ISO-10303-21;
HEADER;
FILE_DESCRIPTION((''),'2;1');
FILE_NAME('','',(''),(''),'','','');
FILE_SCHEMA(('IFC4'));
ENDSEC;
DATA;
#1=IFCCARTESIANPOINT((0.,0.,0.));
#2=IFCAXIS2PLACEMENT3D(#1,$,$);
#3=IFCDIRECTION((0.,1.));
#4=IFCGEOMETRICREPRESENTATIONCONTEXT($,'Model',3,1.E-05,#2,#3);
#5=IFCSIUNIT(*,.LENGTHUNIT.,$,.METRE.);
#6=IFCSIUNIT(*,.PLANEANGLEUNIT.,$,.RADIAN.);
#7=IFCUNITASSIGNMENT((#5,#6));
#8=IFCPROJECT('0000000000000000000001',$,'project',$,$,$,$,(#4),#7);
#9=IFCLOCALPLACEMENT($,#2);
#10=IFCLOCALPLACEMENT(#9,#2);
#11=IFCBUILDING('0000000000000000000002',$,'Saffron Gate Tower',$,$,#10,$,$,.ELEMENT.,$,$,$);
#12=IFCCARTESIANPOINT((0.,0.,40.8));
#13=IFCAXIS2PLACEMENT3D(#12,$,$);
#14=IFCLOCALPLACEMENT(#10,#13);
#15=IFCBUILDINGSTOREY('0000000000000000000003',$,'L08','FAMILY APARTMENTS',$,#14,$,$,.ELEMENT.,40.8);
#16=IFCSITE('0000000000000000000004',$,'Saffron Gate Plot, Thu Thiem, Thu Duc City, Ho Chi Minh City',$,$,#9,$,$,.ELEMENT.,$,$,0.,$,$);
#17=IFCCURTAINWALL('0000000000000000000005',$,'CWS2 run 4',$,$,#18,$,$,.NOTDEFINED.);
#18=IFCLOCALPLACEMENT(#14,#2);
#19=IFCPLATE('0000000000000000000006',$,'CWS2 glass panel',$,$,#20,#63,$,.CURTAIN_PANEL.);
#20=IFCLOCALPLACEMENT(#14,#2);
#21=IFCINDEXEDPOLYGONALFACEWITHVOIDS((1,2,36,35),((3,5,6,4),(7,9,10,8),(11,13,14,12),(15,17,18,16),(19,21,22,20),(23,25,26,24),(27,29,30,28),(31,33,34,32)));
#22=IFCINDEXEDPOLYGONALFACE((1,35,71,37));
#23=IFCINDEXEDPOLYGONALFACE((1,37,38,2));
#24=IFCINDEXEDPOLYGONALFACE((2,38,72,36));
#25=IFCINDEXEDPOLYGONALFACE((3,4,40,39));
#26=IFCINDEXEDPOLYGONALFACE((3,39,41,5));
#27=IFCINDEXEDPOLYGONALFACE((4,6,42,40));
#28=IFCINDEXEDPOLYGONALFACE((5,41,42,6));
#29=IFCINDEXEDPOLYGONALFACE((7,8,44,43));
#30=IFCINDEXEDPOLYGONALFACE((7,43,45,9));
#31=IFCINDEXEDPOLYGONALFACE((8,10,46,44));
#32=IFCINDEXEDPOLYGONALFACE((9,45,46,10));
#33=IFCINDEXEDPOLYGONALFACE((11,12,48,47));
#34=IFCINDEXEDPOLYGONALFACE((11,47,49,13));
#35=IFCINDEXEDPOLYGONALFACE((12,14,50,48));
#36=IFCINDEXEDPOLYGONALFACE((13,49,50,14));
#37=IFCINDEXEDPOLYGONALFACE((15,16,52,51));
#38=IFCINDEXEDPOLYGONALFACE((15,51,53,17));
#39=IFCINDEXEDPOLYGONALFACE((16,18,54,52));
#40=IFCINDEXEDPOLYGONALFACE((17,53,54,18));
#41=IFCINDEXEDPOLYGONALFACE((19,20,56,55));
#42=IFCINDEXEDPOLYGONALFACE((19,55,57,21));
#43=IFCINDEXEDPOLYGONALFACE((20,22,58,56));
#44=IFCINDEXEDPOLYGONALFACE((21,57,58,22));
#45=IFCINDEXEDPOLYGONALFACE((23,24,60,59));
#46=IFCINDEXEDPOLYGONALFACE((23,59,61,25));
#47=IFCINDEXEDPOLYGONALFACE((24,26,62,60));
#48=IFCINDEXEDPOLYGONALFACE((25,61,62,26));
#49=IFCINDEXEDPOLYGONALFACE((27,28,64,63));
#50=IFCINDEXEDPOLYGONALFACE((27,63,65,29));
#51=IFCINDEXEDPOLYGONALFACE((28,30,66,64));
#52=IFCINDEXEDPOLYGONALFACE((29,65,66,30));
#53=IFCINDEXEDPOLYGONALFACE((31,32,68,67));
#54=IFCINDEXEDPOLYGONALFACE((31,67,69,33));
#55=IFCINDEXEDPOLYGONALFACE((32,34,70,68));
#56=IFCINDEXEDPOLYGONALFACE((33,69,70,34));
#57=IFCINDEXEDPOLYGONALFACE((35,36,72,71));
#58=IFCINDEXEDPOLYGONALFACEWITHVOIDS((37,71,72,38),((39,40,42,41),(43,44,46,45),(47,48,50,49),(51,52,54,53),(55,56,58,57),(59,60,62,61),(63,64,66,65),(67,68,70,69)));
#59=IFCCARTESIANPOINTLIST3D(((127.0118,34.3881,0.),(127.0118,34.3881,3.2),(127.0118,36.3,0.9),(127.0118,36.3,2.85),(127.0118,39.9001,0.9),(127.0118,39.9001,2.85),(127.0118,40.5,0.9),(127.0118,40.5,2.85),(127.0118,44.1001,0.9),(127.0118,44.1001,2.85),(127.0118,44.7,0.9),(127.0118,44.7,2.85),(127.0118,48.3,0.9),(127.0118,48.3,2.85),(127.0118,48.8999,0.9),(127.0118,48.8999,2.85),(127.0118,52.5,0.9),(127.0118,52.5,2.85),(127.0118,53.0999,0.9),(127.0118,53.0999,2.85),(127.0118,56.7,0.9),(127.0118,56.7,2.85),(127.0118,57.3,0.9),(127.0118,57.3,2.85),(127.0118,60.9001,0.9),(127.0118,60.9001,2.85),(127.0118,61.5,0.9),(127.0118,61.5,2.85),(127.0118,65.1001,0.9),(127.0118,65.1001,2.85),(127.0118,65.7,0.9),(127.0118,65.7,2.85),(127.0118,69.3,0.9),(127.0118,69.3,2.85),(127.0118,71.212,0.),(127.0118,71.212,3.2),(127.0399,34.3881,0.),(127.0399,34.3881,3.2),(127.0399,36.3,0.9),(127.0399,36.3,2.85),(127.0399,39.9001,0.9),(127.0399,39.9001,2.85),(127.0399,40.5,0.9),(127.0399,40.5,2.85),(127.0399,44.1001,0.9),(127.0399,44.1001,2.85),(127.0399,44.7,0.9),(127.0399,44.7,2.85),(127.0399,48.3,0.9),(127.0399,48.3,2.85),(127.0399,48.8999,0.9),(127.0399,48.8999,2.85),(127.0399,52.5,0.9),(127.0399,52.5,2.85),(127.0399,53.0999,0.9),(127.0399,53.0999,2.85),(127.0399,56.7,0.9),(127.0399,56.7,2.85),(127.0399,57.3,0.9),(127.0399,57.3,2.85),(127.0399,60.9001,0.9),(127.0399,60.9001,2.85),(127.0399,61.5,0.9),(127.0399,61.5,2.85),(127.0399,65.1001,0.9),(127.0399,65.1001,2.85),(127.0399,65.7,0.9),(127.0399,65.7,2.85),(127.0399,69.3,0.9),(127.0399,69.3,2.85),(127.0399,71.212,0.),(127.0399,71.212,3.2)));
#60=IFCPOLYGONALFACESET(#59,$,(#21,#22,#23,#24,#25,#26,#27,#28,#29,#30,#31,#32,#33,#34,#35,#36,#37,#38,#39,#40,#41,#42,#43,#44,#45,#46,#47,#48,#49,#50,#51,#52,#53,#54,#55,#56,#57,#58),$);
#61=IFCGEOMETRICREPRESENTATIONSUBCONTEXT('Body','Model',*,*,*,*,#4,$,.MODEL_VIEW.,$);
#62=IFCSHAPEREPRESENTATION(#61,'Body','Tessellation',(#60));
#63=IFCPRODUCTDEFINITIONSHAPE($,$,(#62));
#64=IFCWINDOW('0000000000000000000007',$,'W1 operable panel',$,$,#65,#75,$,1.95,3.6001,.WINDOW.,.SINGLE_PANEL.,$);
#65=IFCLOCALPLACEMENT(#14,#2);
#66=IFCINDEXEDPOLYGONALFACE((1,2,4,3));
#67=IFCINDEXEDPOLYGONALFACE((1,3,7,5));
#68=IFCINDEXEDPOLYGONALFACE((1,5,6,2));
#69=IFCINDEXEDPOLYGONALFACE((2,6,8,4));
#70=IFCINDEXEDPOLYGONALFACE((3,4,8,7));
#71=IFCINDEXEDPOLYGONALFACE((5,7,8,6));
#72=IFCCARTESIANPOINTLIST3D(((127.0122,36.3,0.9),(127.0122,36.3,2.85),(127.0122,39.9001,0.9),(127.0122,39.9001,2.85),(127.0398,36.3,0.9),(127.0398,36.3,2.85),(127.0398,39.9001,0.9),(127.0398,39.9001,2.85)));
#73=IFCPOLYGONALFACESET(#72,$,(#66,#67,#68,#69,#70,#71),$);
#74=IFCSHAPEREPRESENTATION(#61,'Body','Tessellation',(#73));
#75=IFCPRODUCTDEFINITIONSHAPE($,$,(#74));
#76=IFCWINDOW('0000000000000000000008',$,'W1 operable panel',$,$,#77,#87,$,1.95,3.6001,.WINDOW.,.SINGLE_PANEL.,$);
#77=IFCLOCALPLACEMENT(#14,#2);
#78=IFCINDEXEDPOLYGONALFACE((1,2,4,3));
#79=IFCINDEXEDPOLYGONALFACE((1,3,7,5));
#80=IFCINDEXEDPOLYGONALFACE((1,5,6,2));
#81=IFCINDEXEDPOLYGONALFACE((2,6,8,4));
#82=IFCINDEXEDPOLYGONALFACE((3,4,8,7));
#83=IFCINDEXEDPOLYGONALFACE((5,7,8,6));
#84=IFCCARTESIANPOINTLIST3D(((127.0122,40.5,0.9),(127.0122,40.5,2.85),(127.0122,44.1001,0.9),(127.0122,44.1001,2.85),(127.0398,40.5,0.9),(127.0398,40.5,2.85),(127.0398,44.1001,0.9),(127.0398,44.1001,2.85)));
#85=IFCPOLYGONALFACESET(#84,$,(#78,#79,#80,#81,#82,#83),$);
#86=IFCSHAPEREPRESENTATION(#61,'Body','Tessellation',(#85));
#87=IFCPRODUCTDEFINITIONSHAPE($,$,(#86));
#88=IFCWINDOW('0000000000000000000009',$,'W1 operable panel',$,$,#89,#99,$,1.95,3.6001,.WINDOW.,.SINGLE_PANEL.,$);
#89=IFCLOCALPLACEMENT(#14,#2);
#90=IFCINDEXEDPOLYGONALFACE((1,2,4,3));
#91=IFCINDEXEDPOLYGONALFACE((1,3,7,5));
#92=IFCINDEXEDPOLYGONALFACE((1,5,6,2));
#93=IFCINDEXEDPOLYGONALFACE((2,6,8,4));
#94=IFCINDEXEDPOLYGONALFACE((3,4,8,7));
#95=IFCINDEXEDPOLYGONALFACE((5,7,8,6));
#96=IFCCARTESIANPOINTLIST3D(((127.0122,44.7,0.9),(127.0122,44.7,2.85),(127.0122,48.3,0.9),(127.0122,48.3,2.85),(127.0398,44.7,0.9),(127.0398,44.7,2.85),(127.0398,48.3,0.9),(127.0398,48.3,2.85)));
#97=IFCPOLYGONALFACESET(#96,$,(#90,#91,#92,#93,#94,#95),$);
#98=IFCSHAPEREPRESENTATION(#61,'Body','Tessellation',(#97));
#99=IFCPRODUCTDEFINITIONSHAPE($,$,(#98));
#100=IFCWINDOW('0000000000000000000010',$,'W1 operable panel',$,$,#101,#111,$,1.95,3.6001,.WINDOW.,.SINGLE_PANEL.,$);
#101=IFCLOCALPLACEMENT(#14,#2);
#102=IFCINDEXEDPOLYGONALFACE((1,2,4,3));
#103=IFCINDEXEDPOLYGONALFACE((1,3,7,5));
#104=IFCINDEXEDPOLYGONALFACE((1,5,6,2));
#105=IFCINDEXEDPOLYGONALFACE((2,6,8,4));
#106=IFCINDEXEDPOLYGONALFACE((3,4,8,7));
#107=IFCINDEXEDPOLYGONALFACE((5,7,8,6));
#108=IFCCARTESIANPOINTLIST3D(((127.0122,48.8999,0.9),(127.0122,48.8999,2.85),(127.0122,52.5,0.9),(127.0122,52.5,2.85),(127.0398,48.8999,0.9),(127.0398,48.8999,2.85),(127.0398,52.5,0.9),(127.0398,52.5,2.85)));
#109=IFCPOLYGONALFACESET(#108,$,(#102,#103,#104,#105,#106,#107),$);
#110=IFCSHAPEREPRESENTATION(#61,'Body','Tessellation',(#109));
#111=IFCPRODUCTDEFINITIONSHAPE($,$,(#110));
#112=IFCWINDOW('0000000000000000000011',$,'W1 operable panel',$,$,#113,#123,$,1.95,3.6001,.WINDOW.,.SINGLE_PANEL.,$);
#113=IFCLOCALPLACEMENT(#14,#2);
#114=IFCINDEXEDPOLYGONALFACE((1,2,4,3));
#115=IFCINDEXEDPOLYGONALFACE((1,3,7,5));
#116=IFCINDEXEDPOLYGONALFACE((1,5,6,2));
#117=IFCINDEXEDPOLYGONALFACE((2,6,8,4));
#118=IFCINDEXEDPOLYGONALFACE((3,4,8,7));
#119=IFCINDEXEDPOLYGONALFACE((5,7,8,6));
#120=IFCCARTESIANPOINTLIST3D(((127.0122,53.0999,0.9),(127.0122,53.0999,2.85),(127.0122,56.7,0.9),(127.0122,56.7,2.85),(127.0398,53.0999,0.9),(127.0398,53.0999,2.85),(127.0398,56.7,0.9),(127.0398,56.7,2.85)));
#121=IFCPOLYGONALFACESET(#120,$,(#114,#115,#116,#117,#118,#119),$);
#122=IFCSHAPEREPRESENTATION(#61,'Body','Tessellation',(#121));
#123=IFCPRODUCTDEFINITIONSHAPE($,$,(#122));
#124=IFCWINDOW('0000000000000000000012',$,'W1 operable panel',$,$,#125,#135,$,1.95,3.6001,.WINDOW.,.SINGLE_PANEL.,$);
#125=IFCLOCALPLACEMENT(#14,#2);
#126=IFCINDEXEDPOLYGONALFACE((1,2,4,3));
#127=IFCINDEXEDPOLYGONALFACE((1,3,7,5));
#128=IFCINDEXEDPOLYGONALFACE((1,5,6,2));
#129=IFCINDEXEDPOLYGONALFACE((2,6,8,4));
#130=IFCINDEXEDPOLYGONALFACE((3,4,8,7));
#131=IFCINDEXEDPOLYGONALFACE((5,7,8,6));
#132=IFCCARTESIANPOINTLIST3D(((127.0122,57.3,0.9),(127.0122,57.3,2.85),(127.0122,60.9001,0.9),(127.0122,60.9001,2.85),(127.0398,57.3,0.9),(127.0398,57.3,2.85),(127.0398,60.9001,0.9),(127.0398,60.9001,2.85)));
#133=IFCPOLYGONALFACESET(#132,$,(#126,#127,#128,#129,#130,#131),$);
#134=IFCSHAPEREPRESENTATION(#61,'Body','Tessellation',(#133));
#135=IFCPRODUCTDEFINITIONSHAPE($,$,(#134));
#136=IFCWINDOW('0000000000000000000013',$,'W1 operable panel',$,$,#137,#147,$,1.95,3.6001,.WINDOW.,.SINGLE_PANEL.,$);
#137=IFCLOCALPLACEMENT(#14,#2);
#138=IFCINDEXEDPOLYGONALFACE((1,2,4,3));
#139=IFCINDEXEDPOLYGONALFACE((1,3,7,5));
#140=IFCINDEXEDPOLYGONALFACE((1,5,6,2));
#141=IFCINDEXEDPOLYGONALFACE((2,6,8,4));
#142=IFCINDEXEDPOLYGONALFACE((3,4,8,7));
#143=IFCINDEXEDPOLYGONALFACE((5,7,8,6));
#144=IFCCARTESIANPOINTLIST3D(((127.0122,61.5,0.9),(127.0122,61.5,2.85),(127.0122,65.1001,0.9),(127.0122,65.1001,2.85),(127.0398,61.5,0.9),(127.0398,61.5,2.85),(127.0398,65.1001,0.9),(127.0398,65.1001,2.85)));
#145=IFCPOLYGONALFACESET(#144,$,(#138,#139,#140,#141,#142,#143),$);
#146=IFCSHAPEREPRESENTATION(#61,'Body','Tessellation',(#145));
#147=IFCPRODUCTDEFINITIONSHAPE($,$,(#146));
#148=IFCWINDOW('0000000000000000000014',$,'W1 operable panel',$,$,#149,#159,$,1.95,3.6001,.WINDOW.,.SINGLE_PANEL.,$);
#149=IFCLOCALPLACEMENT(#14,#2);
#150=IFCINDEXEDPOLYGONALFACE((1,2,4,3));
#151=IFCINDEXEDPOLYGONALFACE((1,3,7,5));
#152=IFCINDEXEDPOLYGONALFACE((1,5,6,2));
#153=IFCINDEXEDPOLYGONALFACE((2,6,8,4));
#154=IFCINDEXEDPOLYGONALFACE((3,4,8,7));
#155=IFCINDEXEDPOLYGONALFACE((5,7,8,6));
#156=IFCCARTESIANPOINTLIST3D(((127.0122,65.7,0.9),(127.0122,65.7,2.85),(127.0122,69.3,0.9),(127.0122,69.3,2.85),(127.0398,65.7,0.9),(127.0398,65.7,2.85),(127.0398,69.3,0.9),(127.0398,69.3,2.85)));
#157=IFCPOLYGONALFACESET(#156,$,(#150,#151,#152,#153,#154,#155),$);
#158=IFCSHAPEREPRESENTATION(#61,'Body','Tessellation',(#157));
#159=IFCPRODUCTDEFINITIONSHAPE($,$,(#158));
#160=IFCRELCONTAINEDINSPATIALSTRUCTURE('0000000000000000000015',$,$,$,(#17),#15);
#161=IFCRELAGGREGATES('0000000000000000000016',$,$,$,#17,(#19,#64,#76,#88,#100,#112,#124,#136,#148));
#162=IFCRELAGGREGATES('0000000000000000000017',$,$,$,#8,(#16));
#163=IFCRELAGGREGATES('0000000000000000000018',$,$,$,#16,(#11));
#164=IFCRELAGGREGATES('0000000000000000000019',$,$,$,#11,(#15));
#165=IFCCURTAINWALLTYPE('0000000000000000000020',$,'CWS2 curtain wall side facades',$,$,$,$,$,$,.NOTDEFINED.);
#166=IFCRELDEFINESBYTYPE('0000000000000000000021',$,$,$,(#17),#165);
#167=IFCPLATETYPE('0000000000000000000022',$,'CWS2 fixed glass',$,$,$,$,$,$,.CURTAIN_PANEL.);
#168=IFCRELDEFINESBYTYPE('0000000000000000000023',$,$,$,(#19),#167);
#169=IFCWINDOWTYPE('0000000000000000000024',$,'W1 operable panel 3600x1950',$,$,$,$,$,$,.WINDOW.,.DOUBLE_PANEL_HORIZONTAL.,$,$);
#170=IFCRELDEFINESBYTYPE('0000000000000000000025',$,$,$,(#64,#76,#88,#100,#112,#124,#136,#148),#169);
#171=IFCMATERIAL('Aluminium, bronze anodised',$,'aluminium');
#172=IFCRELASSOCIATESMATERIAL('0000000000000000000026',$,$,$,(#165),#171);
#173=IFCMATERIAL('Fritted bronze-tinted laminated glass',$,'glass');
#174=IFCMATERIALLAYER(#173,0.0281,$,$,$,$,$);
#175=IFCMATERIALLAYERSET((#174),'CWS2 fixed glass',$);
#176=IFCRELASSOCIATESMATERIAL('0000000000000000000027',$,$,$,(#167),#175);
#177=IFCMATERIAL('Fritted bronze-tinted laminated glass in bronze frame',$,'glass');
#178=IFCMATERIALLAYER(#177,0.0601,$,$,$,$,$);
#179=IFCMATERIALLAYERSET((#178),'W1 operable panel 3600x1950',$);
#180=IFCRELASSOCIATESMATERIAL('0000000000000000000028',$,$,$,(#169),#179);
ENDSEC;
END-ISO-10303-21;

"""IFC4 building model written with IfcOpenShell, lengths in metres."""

from ifc_helpers import new_model, si_unit, direction, frame, frame_2d, origin, place, context, subcontext, project, spatial, rectangle, extrude, material, layer, layer_set, type_object, element, fill, aggregate, save


model = new_model("IFC4")

# Units and contexts
model_context = context("Model", 3, precision=1e-05, world=origin(), true_north=direction((0.0, 1.0)))
body_context = subcontext(model_context, "Body", "Model", "MODEL_VIEW")
ifc_project = project(units=[si_unit("LENGTHUNIT", "METRE"), si_unit("PLANEANGLEUNIT", "RADIAN")], contexts=[model_context])

# Site, building, storey
site_placement = place(None, origin())
site = spatial("IfcSite", under=ifc_project, at=site_placement, Name="Saffron Gate Plot, Thu Thiem, Thu Duc City, Ho Chi Minh City", CompositionType="ELEMENT", RefElevation=0.0)
building_placement = place(site_placement, origin())
building = spatial("IfcBuilding", under=site, at=building_placement, Name="Saffron Gate Tower", CompositionType="ELEMENT")
storey_placement = place(building_placement, frame((0.0, 0.0, 40.8)))
storey = spatial("IfcBuildingStorey", under=building, at=storey_placement, Name="L08", Description="FAMILY APARTMENTS", CompositionType="ELEMENT", Elevation=40.8)

# Curtain wall
ifc_material_1 = material(Name="Aluminium, bronze anodised", Category="aluminium")
curtain_wall_type_1 = type_object("IfcCurtainWallType", Name="CWS2 curtain wall side facades", PredefinedType="NOTDEFINED", material=ifc_material_1)
curtain_wall_1_placement = place(storey_placement, origin())
curtain_wall_1 = element("IfcCurtainWall", 1, at=curtain_wall_1_placement, inside=storey, type_object=curtain_wall_type_1, Name="CWS2 run 4", PredefinedType="NOTDEFINED")

# Plate, openings, windows
ifc_material_2 = material(Name="Fritted bronze-tinted laminated glass", Category="glass")
ifc_layer_1 = layer(ifc_material_2, 0.0281)
ifc_layer_set_1 = layer_set([ifc_layer_1], Name="CWS2 fixed glass")
plate_type_1 = type_object("IfcPlateType", Name="CWS2 fixed glass", PredefinedType="CURTAIN_PANEL", material=ifc_layer_set_1)
plate_1_placement = place(storey_placement, frame((127.0259, 34.3879, 0.0), z_axis=(0.0, 0.0, 1.0), x_axis=(0.0, 1.0, 0.0)))
plate_1 = element("IfcPlate", 2, at=plate_1_placement, type_object=plate_type_1, Name="CWS2 glass panel", PredefinedType="CURTAIN_PANEL", context=body_context, shape_type="SweptSolid", body=[
    extrude(rectangle(XDim=36.824, YDim=0.0281, at=frame_2d((18.4121, 0.0))), origin(), (0.0, 0.0, 1.0), 3.2),
])
opening_1_placement = place(plate_1_placement, frame((1.9121, 0.0, 0.8999)))
opening_1 = element("IfcOpeningElement", 3, at=opening_1_placement, cuts=plate_1, PredefinedType="OPENING", context=body_context, shape_type="SweptSolid", body=[
    extrude(rectangle(XDim=3.6001, YDim=1.95, at=frame_2d((1.8, 0.9751))), frame((0.0, 0.0239, 0.0), z_axis=(0.0, -1.0, 0.0), x_axis=(1.0, 0.0, 0.0)), (0.0, 0.0, 1.0), 0.0481),
])
opening_2_placement = place(plate_1_placement, frame((6.1121, 0.0, 0.8999)))
opening_2 = element("IfcOpeningElement", 4, at=opening_2_placement, cuts=plate_1, PredefinedType="OPENING", context=body_context, shape_type="SweptSolid", body=[
    extrude(rectangle(XDim=3.6001, YDim=1.95, at=frame_2d((1.8, 0.9751))), frame((0.0, 0.0239, 0.0), z_axis=(0.0, -1.0, 0.0), x_axis=(1.0, 0.0, 0.0)), (0.0, 0.0, 1.0), 0.0481),
])
opening_3_placement = place(plate_1_placement, frame((10.312, 0.0, 0.8999)))
opening_3 = element("IfcOpeningElement", 5, at=opening_3_placement, cuts=plate_1, PredefinedType="OPENING", context=body_context, shape_type="SweptSolid", body=[
    extrude(rectangle(XDim=3.6001, YDim=1.95, at=frame_2d((1.8, 0.9751))), frame((0.0, 0.0239, 0.0), z_axis=(0.0, -1.0, 0.0), x_axis=(1.0, 0.0, 0.0)), (0.0, 0.0, 1.0), 0.0481),
])
opening_4_placement = place(plate_1_placement, frame((14.512, 0.0, 0.8999)))
opening_4 = element("IfcOpeningElement", 6, at=opening_4_placement, cuts=plate_1, PredefinedType="OPENING", context=body_context, shape_type="SweptSolid", body=[
    extrude(rectangle(XDim=3.6001, YDim=1.95, at=frame_2d((1.8, 0.9751))), frame((0.0, 0.0239, 0.0), z_axis=(0.0, -1.0, 0.0), x_axis=(1.0, 0.0, 0.0)), (0.0, 0.0, 1.0), 0.0481),
])
opening_5_placement = place(plate_1_placement, frame((18.7119, 0.0, 0.8999)))
opening_5 = element("IfcOpeningElement", 7, at=opening_5_placement, cuts=plate_1, PredefinedType="OPENING", context=body_context, shape_type="SweptSolid", body=[
    extrude(rectangle(XDim=3.6001, YDim=1.95, at=frame_2d((1.8, 0.9751))), frame((0.0, 0.0239, 0.0), z_axis=(0.0, -1.0, 0.0), x_axis=(1.0, 0.0, 0.0)), (0.0, 0.0, 1.0), 0.0481),
])
opening_6_placement = place(plate_1_placement, frame((22.9121, 0.0, 0.8999)))
opening_6 = element("IfcOpeningElement", 8, at=opening_6_placement, cuts=plate_1, PredefinedType="OPENING", context=body_context, shape_type="SweptSolid", body=[
    extrude(rectangle(XDim=3.6001, YDim=1.95, at=frame_2d((1.8, 0.9751))), frame((0.0, 0.0239, 0.0), z_axis=(0.0, -1.0, 0.0), x_axis=(1.0, 0.0, 0.0)), (0.0, 0.0, 1.0), 0.0481),
])
opening_7_placement = place(plate_1_placement, frame((27.1121, 0.0, 0.8999)))
opening_7 = element("IfcOpeningElement", 9, at=opening_7_placement, cuts=plate_1, PredefinedType="OPENING", context=body_context, shape_type="SweptSolid", body=[
    extrude(rectangle(XDim=3.6001, YDim=1.95, at=frame_2d((1.8, 0.9751))), frame((0.0, 0.0239, 0.0), z_axis=(0.0, -1.0, 0.0), x_axis=(1.0, 0.0, 0.0)), (0.0, 0.0, 1.0), 0.0481),
])
opening_8_placement = place(plate_1_placement, frame((31.312, 0.0, 0.8999)))
opening_8 = element("IfcOpeningElement", 10, at=opening_8_placement, cuts=plate_1, PredefinedType="OPENING", context=body_context, shape_type="SweptSolid", body=[
    extrude(rectangle(XDim=3.6001, YDim=1.95, at=frame_2d((1.8, 0.9751))), frame((0.0, 0.0239, 0.0), z_axis=(0.0, -1.0, 0.0), x_axis=(1.0, 0.0, 0.0)), (0.0, 0.0, 1.0), 0.0481),
])
ifc_material_3 = material(Name="Fritted bronze-tinted laminated glass in bronze frame", Category="glass")
ifc_layer_2 = layer(ifc_material_3, 0.0601)
ifc_layer_set_2 = layer_set([ifc_layer_2], Name="W1 operable panel 3600x1950")
window_type = type_object("IfcWindowType", Name="W1 operable panel 3600x1950", PartitioningType="DOUBLE_PANEL_HORIZONTAL", PredefinedType="WINDOW", material=ifc_layer_set_2)
window_1_placement = place(opening_1_placement, origin())
window_1 = element("IfcWindow", 11, at=window_1_placement, type_object=window_type, Name="W1 operable panel", OverallHeight=1.95, OverallWidth=3.6001, PartitioningType="SINGLE_PANEL", PredefinedType="WINDOW", context=body_context, shape_type="SweptSolid", body=[
    extrude(rectangle(XDim=3.6001, YDim=1.95, at=frame_2d((1.8, 0.9751))), frame((0.0, 0.0137, 0.0), z_axis=(0.0, -1.0, 0.0), x_axis=(1.0, 0.0, 0.0)), (0.0, 0.0, 1.0), 0.0276),
])
fill(opening_1, window_1)
window_2_placement = place(opening_2_placement, origin())
window_2 = element("IfcWindow", 12, at=window_2_placement, type_object=window_type, Name="W1 operable panel", OverallHeight=1.95, OverallWidth=3.6001, PartitioningType="SINGLE_PANEL", PredefinedType="WINDOW", context=body_context, shape_type="SweptSolid", body=[
    extrude(rectangle(XDim=3.6001, YDim=1.95, at=frame_2d((1.8, 0.9751))), frame((0.0, 0.0137, 0.0), z_axis=(0.0, -1.0, 0.0), x_axis=(1.0, 0.0, 0.0)), (0.0, 0.0, 1.0), 0.0276),
])
fill(opening_2, window_2)
window_3_placement = place(opening_3_placement, origin())
window_3 = element("IfcWindow", 13, at=window_3_placement, type_object=window_type, Name="W1 operable panel", OverallHeight=1.95, OverallWidth=3.6001, PartitioningType="SINGLE_PANEL", PredefinedType="WINDOW", context=body_context, shape_type="SweptSolid", body=[
    extrude(rectangle(XDim=3.6001, YDim=1.95, at=frame_2d((1.8, 0.9751))), frame((0.0, 0.0137, 0.0), z_axis=(0.0, -1.0, 0.0), x_axis=(1.0, 0.0, 0.0)), (0.0, 0.0, 1.0), 0.0276),
])
fill(opening_3, window_3)
window_4_placement = place(opening_4_placement, origin())
window_4 = element("IfcWindow", 14, at=window_4_placement, type_object=window_type, Name="W1 operable panel", OverallHeight=1.95, OverallWidth=3.6001, PartitioningType="SINGLE_PANEL", PredefinedType="WINDOW", context=body_context, shape_type="SweptSolid", body=[
    extrude(rectangle(XDim=3.6001, YDim=1.95, at=frame_2d((1.8, 0.9751))), frame((0.0, 0.0137, 0.0), z_axis=(0.0, -1.0, 0.0), x_axis=(1.0, 0.0, 0.0)), (0.0, 0.0, 1.0), 0.0276),
])
fill(opening_4, window_4)
window_5_placement = place(opening_5_placement, origin())
window_5 = element("IfcWindow", 15, at=window_5_placement, type_object=window_type, Name="W1 operable panel", OverallHeight=1.95, OverallWidth=3.6001, PartitioningType="SINGLE_PANEL", PredefinedType="WINDOW", context=body_context, shape_type="SweptSolid", body=[
    extrude(rectangle(XDim=3.6001, YDim=1.95, at=frame_2d((1.8, 0.9751))), frame((0.0, 0.0137, 0.0), z_axis=(0.0, -1.0, 0.0), x_axis=(1.0, 0.0, 0.0)), (0.0, 0.0, 1.0), 0.0276),
])
fill(opening_5, window_5)
window_6_placement = place(opening_6_placement, origin())
window_6 = element("IfcWindow", 16, at=window_6_placement, type_object=window_type, Name="W1 operable panel", OverallHeight=1.95, OverallWidth=3.6001, PartitioningType="SINGLE_PANEL", PredefinedType="WINDOW", context=body_context, shape_type="SweptSolid", body=[
    extrude(rectangle(XDim=3.6001, YDim=1.95, at=frame_2d((1.8, 0.9751))), frame((0.0, 0.0137, 0.0), z_axis=(0.0, -1.0, 0.0), x_axis=(1.0, 0.0, 0.0)), (0.0, 0.0, 1.0), 0.0276),
])
fill(opening_6, window_6)
window_7_placement = place(opening_7_placement, origin())
window_7 = element("IfcWindow", 17, at=window_7_placement, type_object=window_type, Name="W1 operable panel", OverallHeight=1.95, OverallWidth=3.6001, PartitioningType="SINGLE_PANEL", PredefinedType="WINDOW", context=body_context, shape_type="SweptSolid", body=[
    extrude(rectangle(XDim=3.6001, YDim=1.95, at=frame_2d((1.8, 0.9751))), frame((0.0, 0.0137, 0.0), z_axis=(0.0, -1.0, 0.0), x_axis=(1.0, 0.0, 0.0)), (0.0, 0.0, 1.0), 0.0276),
])
fill(opening_7, window_7)
window_8_placement = place(opening_8_placement, origin())
window_8 = element("IfcWindow", 18, at=window_8_placement, type_object=window_type, Name="W1 operable panel", OverallHeight=1.95, OverallWidth=3.6001, PartitioningType="SINGLE_PANEL", PredefinedType="WINDOW", context=body_context, shape_type="SweptSolid", body=[
    extrude(rectangle(XDim=3.6001, YDim=1.95, at=frame_2d((1.8, 0.9751))), frame((0.0, 0.0137, 0.0), z_axis=(0.0, -1.0, 0.0), x_axis=(1.0, 0.0, 0.0)), (0.0, 0.0, 1.0), 0.0276),
])
fill(opening_8, window_8)
aggregate(curtain_wall_1, [plate_1, window_1, window_2, window_3, window_4, window_5, window_6, window_7, window_8])

save(model, "model.ifc")
